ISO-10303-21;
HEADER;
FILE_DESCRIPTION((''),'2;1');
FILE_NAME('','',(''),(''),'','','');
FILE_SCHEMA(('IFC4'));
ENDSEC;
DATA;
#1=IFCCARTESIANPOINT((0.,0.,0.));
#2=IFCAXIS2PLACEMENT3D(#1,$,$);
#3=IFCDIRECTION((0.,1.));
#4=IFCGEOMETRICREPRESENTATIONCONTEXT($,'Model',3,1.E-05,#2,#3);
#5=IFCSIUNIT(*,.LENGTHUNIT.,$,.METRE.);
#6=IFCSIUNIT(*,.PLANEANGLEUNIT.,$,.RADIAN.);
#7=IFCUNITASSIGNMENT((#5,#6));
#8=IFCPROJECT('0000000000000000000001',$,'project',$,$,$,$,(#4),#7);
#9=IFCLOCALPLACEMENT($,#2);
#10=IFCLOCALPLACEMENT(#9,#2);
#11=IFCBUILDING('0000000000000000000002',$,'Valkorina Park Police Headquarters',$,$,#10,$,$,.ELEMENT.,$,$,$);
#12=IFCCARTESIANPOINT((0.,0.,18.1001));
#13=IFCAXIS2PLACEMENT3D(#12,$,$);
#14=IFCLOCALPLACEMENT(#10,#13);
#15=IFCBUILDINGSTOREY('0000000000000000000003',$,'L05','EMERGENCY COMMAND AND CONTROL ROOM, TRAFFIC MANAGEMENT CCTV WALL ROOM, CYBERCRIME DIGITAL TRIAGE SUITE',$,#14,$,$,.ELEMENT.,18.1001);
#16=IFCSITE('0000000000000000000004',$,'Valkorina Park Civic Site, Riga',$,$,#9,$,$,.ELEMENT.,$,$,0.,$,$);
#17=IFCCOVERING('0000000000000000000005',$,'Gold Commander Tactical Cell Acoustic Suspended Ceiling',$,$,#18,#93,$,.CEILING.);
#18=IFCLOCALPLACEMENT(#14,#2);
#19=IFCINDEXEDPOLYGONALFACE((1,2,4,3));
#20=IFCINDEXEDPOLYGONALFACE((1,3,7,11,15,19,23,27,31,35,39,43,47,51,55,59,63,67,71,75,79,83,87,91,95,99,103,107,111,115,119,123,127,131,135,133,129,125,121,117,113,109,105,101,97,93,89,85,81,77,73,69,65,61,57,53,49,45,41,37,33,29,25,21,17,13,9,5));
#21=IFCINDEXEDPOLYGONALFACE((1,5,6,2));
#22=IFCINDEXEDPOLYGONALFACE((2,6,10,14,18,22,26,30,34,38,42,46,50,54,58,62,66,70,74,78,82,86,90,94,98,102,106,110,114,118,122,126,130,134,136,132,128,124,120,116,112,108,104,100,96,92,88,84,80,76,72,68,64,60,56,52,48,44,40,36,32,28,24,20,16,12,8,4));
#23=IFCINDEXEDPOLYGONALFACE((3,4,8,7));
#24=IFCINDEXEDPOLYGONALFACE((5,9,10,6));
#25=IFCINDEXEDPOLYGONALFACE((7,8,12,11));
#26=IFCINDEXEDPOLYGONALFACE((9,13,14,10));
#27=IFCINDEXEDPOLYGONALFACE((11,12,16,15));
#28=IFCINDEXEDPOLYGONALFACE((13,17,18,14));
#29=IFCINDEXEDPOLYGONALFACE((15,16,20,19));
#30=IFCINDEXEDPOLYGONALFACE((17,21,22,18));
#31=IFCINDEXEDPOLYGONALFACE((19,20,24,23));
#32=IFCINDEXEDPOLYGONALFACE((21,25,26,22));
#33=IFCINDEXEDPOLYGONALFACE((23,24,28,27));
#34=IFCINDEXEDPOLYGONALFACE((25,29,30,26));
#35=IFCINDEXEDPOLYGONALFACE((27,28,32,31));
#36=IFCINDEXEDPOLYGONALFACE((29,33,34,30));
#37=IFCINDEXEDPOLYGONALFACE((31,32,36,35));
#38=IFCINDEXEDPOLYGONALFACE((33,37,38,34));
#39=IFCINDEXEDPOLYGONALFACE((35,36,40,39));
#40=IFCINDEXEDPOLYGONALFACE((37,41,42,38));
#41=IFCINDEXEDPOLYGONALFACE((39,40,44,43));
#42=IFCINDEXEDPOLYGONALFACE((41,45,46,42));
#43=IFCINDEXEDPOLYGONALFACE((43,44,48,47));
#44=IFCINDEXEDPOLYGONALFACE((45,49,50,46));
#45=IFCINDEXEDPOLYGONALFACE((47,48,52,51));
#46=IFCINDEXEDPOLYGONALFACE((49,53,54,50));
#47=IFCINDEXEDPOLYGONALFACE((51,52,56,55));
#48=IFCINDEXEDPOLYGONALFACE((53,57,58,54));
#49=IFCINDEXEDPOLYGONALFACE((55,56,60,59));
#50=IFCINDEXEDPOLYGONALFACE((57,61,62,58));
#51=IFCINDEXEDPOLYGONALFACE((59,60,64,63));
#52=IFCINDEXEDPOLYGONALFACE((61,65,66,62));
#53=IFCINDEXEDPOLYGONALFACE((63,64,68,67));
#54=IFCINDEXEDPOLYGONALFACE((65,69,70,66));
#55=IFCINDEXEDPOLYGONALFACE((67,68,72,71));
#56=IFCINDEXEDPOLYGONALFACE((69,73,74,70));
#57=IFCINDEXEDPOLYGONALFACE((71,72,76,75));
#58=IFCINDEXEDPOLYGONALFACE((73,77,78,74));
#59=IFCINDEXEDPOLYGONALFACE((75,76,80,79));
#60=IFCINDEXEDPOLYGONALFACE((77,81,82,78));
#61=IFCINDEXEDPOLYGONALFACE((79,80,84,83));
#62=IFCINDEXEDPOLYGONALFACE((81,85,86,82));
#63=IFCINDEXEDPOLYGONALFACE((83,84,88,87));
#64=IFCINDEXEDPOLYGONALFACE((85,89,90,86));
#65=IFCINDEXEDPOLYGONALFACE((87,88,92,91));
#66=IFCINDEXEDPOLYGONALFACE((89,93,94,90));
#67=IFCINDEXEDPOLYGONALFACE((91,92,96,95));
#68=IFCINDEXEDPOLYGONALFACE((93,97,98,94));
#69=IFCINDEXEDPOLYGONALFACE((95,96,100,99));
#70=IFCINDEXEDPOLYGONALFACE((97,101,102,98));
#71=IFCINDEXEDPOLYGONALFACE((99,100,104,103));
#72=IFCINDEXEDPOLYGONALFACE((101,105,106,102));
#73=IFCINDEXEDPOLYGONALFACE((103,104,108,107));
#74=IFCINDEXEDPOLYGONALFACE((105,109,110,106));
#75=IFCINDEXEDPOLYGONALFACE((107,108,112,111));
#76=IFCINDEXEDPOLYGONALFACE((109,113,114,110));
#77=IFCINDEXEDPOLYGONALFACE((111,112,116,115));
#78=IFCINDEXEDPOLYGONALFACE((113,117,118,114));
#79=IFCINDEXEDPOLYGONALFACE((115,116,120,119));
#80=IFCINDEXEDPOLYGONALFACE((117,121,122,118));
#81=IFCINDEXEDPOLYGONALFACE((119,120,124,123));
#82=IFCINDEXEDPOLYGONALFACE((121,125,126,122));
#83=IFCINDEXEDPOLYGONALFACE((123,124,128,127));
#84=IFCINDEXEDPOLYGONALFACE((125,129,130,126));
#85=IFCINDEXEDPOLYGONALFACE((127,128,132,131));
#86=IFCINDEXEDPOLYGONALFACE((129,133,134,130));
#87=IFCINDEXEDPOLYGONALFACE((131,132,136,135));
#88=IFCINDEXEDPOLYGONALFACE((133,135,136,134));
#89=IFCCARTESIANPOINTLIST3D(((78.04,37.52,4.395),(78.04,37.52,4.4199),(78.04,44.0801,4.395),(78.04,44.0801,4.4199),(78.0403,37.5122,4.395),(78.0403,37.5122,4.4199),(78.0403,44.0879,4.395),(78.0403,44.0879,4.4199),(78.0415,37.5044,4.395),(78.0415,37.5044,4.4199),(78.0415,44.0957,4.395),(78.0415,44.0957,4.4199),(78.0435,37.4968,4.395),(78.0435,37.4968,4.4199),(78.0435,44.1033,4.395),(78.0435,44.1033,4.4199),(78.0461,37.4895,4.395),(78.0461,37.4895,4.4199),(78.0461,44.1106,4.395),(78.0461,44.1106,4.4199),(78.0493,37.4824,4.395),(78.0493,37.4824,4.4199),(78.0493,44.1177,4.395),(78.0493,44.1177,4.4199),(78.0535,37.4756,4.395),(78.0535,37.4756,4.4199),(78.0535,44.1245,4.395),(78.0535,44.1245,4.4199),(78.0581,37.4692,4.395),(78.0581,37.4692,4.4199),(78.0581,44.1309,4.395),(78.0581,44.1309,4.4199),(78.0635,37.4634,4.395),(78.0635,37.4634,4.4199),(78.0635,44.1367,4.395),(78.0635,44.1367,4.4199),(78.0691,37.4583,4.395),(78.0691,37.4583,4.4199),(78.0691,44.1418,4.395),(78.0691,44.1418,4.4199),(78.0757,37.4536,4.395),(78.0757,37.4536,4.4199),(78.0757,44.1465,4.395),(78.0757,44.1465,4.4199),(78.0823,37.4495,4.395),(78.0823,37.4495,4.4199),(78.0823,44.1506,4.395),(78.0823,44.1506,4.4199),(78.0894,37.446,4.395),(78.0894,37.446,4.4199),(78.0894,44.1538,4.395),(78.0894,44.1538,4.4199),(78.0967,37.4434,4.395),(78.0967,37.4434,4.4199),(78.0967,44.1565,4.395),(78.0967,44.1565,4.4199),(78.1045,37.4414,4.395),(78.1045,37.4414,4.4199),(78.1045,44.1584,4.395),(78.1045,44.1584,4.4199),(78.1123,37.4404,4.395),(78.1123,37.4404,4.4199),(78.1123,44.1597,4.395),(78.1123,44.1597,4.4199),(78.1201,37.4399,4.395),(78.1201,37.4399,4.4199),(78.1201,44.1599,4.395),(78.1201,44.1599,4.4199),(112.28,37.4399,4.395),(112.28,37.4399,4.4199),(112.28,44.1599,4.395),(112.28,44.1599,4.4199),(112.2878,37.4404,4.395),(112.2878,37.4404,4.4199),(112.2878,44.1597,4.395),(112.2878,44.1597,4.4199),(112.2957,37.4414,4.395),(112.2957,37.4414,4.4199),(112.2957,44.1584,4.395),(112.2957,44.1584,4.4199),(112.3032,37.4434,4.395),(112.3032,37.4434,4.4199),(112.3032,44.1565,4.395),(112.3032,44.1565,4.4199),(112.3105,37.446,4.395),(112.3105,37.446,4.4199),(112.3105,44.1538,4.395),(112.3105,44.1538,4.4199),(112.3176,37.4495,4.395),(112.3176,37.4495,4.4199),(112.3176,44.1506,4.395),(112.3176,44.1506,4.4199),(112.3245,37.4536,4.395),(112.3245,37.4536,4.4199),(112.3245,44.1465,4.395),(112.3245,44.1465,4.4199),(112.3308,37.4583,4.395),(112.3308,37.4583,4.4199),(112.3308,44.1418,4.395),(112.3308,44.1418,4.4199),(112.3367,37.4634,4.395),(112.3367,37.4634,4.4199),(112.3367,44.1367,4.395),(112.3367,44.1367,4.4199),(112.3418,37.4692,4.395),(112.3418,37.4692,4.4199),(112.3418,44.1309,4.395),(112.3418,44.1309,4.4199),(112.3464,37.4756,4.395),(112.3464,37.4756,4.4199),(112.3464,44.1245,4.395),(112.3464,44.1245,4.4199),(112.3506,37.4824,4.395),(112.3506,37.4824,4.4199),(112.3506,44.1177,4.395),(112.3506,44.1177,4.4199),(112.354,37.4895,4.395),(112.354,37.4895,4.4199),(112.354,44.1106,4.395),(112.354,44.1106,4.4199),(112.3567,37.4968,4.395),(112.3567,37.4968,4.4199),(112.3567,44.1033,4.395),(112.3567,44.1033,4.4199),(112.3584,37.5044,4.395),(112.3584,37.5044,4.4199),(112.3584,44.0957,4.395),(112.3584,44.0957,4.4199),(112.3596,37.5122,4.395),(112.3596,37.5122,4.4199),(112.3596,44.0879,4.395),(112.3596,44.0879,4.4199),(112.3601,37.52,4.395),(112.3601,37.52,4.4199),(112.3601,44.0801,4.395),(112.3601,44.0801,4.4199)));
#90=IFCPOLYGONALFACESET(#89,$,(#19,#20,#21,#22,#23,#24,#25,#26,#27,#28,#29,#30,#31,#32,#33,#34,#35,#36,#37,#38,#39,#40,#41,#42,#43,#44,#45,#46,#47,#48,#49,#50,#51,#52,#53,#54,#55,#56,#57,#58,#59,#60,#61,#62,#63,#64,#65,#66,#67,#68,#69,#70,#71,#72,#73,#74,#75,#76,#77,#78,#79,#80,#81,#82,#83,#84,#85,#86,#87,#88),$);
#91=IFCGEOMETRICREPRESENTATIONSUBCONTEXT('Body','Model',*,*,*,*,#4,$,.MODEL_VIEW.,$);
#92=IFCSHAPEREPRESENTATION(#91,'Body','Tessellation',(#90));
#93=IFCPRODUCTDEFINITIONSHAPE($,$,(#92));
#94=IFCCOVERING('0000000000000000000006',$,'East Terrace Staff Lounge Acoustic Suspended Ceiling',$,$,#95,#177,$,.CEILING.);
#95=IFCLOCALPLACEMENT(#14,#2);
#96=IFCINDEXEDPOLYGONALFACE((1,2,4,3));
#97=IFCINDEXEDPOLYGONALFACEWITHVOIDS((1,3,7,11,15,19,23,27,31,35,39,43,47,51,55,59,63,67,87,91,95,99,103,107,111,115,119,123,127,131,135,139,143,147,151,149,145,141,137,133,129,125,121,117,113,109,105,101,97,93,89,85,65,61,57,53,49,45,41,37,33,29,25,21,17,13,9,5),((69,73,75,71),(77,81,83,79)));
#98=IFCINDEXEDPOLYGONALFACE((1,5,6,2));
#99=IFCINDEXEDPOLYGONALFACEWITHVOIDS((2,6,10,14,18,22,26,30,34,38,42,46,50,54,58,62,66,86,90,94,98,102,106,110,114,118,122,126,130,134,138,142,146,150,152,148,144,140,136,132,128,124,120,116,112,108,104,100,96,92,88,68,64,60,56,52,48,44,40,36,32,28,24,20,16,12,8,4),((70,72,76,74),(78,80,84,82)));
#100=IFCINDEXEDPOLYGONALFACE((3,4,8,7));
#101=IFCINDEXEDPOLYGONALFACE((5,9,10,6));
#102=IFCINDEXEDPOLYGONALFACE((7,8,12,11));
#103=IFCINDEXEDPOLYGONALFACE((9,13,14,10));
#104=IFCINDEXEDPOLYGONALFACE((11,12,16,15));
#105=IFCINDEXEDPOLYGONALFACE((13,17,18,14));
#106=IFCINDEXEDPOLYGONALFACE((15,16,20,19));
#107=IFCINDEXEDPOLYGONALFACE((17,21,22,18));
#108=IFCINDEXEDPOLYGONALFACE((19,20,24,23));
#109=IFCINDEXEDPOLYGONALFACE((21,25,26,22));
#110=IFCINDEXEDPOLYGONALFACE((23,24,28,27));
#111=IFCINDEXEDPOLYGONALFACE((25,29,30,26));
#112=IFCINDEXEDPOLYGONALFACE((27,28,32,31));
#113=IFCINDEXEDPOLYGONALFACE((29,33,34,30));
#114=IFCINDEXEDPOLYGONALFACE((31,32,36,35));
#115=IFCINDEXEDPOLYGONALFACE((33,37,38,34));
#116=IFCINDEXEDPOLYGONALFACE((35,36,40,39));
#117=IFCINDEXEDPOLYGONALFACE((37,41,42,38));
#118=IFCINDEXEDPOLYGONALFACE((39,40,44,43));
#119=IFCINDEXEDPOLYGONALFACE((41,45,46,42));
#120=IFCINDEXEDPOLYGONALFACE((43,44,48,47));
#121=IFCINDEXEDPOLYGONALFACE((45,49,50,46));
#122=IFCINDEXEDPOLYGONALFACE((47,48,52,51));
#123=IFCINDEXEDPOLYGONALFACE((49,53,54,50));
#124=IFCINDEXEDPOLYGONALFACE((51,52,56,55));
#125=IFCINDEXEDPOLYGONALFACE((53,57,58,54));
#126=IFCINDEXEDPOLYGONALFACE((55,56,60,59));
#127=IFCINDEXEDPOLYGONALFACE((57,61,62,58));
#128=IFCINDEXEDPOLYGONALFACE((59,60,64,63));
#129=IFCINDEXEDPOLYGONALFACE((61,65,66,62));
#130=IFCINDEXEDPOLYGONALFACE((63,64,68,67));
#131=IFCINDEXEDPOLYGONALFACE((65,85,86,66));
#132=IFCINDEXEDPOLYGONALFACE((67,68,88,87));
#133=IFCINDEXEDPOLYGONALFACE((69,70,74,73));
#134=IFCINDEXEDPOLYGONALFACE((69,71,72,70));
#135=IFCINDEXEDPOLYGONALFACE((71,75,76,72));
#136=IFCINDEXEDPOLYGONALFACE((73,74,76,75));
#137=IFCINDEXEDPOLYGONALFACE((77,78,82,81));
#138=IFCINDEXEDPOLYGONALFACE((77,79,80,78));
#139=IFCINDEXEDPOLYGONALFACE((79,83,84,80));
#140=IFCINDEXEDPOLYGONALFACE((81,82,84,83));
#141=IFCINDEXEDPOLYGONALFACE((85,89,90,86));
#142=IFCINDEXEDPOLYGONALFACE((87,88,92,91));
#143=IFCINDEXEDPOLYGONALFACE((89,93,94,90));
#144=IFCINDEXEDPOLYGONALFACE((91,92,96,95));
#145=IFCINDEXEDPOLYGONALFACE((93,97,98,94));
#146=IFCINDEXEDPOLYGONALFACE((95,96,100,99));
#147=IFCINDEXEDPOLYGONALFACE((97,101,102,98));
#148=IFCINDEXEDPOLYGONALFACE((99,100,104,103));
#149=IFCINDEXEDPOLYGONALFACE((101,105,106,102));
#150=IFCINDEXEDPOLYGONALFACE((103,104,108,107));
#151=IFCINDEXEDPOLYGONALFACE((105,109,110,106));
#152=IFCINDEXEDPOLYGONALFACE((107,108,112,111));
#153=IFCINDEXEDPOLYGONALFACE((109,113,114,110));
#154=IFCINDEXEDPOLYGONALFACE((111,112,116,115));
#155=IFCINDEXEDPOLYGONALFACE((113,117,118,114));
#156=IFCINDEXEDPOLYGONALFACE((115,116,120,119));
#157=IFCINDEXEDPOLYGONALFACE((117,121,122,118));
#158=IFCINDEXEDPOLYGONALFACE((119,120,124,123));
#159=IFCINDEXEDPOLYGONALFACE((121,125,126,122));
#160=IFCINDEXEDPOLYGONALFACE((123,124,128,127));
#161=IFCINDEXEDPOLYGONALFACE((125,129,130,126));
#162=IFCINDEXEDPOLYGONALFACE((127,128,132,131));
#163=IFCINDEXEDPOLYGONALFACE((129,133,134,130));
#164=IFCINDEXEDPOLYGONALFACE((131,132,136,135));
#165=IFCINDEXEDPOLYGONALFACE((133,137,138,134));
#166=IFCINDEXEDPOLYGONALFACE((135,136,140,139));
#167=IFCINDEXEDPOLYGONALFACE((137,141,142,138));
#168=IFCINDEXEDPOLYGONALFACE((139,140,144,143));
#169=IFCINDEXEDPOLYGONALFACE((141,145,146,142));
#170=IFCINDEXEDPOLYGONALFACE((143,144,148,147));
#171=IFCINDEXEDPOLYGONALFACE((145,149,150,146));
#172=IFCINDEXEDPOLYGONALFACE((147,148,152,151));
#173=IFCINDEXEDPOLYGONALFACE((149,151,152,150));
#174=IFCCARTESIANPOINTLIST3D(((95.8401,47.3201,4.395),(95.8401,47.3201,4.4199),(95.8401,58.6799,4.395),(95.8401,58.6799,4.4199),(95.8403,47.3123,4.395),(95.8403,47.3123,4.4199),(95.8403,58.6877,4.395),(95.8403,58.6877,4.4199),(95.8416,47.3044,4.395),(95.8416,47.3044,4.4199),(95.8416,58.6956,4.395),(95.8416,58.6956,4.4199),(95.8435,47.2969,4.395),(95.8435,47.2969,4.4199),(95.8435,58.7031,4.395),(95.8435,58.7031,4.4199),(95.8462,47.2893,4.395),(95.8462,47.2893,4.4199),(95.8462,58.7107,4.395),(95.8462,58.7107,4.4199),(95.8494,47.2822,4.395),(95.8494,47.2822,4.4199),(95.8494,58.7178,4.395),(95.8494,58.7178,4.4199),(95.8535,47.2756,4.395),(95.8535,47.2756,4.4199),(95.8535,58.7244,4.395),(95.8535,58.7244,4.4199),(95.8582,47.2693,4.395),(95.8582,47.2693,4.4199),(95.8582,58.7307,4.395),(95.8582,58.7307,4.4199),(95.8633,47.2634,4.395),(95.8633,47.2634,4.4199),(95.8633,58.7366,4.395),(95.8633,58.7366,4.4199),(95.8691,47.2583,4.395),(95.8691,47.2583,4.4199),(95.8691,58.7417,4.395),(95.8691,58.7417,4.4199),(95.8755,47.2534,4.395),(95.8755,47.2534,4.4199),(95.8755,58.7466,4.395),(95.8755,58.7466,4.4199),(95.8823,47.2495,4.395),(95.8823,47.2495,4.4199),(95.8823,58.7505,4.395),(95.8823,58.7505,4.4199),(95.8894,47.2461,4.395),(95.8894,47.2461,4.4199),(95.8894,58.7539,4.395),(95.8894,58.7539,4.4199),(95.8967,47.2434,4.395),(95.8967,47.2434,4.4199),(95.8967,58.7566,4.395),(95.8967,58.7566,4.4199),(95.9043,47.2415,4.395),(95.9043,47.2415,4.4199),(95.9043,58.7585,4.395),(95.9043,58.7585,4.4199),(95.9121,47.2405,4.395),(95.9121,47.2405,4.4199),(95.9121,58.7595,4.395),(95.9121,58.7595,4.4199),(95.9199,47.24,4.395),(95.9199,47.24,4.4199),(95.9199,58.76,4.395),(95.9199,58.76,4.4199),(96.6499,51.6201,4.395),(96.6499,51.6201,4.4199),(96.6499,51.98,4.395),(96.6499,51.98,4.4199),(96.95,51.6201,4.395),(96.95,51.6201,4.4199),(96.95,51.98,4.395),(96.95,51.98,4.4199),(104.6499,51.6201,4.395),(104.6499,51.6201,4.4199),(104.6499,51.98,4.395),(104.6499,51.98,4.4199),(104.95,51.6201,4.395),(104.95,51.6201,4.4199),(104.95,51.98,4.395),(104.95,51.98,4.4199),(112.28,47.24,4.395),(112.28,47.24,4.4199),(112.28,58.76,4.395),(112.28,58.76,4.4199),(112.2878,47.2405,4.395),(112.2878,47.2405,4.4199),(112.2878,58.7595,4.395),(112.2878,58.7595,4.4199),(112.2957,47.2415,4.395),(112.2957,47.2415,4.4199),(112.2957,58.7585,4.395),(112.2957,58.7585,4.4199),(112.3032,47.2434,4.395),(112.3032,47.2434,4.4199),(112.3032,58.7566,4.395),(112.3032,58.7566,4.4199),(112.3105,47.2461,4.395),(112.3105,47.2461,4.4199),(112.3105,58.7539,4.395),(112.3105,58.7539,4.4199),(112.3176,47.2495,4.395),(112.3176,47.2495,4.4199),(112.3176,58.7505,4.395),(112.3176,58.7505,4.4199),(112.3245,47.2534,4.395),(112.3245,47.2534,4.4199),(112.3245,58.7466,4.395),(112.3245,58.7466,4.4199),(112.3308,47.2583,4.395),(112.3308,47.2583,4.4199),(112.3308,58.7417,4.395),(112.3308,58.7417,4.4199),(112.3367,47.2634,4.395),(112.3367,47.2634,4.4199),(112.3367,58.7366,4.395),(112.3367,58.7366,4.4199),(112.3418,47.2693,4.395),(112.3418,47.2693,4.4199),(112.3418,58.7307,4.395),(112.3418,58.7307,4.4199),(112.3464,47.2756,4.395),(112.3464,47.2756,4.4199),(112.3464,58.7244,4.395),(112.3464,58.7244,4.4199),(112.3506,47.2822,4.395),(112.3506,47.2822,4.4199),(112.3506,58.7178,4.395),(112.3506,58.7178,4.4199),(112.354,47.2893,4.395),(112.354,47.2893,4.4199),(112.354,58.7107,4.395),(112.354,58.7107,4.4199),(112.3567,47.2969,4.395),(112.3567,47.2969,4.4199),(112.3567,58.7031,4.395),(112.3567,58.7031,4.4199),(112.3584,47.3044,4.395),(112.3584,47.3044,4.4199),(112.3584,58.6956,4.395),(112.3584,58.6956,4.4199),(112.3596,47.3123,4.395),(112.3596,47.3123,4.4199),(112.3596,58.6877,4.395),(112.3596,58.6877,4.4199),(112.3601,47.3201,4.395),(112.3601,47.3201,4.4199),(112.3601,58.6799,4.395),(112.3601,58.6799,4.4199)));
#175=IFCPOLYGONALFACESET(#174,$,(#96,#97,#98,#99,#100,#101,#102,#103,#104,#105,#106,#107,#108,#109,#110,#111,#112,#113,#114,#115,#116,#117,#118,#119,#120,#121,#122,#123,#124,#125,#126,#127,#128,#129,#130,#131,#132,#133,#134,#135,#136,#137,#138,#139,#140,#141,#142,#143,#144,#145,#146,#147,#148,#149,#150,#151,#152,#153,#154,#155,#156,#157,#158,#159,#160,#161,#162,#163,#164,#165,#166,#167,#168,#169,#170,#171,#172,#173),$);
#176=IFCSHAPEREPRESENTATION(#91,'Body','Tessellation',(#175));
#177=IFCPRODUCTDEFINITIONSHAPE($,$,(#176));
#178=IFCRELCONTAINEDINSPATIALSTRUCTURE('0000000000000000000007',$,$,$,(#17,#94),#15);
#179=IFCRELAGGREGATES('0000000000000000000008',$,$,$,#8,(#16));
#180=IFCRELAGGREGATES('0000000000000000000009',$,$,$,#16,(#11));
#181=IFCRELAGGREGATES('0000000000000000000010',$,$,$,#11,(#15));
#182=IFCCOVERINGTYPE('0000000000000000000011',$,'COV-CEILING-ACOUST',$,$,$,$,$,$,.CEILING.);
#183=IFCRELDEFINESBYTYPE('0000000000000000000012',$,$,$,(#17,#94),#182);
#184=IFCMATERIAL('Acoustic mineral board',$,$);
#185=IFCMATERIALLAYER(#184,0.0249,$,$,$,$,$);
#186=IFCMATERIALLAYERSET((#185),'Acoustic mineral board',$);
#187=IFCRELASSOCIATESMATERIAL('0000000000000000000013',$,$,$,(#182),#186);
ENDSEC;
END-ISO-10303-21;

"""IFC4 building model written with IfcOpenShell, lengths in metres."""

from ifc_helpers import new_model, si_unit, direction, frame, origin, place, context, subcontext, project, spatial, polyline, outline, extrude, material, layer, layer_set, type_object, element, save


model = new_model("IFC4")

# Units and contexts
model_context = context("Model", 3, precision=1e-05, world=origin(), true_north=direction((0.0, 1.0)))
body_context = subcontext(model_context, "Body", "Model", "MODEL_VIEW")
ifc_project = project(units=[si_unit("LENGTHUNIT", "METRE"), si_unit("PLANEANGLEUNIT", "RADIAN")], contexts=[model_context])

# Site, building, storey
site_placement = place(None, origin())
site = spatial("IfcSite", under=ifc_project, at=site_placement, Name="Valkorina Park Civic Site, Riga", CompositionType="ELEMENT", RefElevation=0.0)
building_placement = place(site_placement, origin())
building = spatial("IfcBuilding", under=site, at=building_placement, Name="Valkorina Park Police Headquarters", CompositionType="ELEMENT")
storey_placement = place(building_placement, frame((0.0, 0.0, 18.1001)))
storey = spatial("IfcBuildingStorey", under=building, at=storey_placement, Name="L05", Description="EMERGENCY COMMAND AND CONTROL ROOM, TRAFFIC MANAGEMENT CCTV WALL ROOM, CYBERCRIME DIGITAL TRIAGE SUITE", CompositionType="ELEMENT", Elevation=18.1001)

# Coverings
ifc_material_1 = material(Name="Acoustic mineral board")
ifc_layer_1 = layer(ifc_material_1, 0.0249)
ifc_layer_set_1 = layer_set([ifc_layer_1], Name="Acoustic mineral board")
covering_type_1 = type_object("IfcCoveringType", Name="COV-CEILING-ACOUST", PredefinedType="CEILING", material=ifc_layer_set_1)
covering_1_placement = place(storey_placement, frame((0.0, 0.0, 4.395)))
element("IfcCovering", 1, at=covering_1_placement, inside=storey, type_object=covering_type_1, Name="Gold Commander Tactical Cell Acoustic Suspended Ceiling", PredefinedType="CEILING", context=body_context, shape_type="SweptSolid", body=[
    extrude(outline(polyline([(112.2957, 44.1584), (112.2878, 44.1597), (112.28, 44.1599), (78.1201, 44.1599), (78.1123, 44.1597), (78.1045, 44.1584), (78.0967, 44.1565), (78.0894, 44.1538), (78.0823, 44.1506), (78.0757, 44.1465), (78.0691, 44.1418), (78.0635, 44.1367), (78.0581, 44.1309), (78.0535, 44.1245), (78.0493, 44.1177), (78.0461, 44.1106), (78.0435, 44.1033), (78.0415, 44.0957), (78.0403, 44.0879), (78.04, 44.0801), (78.04, 37.52), (78.0403, 37.5122), (78.0415, 37.5044), (78.0435, 37.4968), (78.0461, 37.4895), (78.0493, 37.4824), (78.0535, 37.4756), (78.0581, 37.4692), (78.0635, 37.4634), (78.0691, 37.4583), (78.0757, 37.4536), (78.0823, 37.4495), (78.0894, 37.446), (78.0967, 37.4434), (78.1045, 37.4414), (78.1123, 37.4404), (78.1201, 37.4399), (112.28, 37.4399), (112.2878, 37.4404), (112.2957, 37.4414), (112.3032, 37.4434), (112.3105, 37.446), (112.3176, 37.4495), (112.3245, 37.4536), (112.3308, 37.4583), (112.3367, 37.4634), (112.3418, 37.4692), (112.3464, 37.4756), (112.3506, 37.4824), (112.354, 37.4895), (112.3567, 37.4968), (112.3584, 37.5044), (112.3596, 37.5122), (112.3601, 37.52), (112.3601, 44.0801), (112.3596, 44.0879), (112.3584, 44.0957), (112.3567, 44.1033), (112.354, 44.1106), (112.3506, 44.1177), (112.3464, 44.1245), (112.3418, 44.1309), (112.3367, 44.1367), (112.3308, 44.1418), (112.3245, 44.1465), (112.3176, 44.1506), (112.3105, 44.1538), (112.3032, 44.1565), (112.2957, 44.1584)])), origin(), (0.0, 0.0, 1.0), 0.0249),
])
covering_2_placement = place(storey_placement, frame((0.0, 0.0, 4.395)))
element("IfcCovering", 2, at=covering_2_placement, inside=storey, type_object=covering_type_1, Name="East Terrace Staff Lounge Acoustic Suspended Ceiling", PredefinedType="CEILING", context=body_context, shape_type="SweptSolid", body=[
    extrude(outline(polyline([(112.2957, 58.7585), (112.2878, 58.7595), (112.28, 58.76), (95.9199, 58.76), (95.9121, 58.7595), (95.9043, 58.7585), (95.8967, 58.7566), (95.8894, 58.7539), (95.8823, 58.7505), (95.8755, 58.7466), (95.8691, 58.7417), (95.8633, 58.7366), (95.8582, 58.7307), (95.8535, 58.7244), (95.8494, 58.7178), (95.8462, 58.7107), (95.8435, 58.7031), (95.8416, 58.6956), (95.8403, 58.6877), (95.8401, 58.6799), (95.8401, 47.3201), (95.8403, 47.3123), (95.8416, 47.3044), (95.8435, 47.2969), (95.8462, 47.2893), (95.8494, 47.2822), (95.8535, 47.2756), (95.8582, 47.2693), (95.8633, 47.2634), (95.8691, 47.2583), (95.8755, 47.2534), (95.8823, 47.2495), (95.8894, 47.2461), (95.8967, 47.2434), (95.9043, 47.2415), (95.9121, 47.2405), (95.9199, 47.24), (112.28, 47.24), (112.2878, 47.2405), (112.2957, 47.2415), (112.3032, 47.2434), (112.3105, 47.2461), (112.3176, 47.2495), (112.3245, 47.2534), (112.3308, 47.2583), (112.3367, 47.2634), (112.3418, 47.2693), (112.3464, 47.2756), (112.3506, 47.2822), (112.354, 47.2893), (112.3567, 47.2969), (112.3584, 47.3044), (112.3596, 47.3123), (112.3601, 47.3201), (112.3601, 58.6799), (112.3596, 58.6877), (112.3584, 58.6956), (112.3567, 58.7031), (112.354, 58.7107), (112.3506, 58.7178), (112.3464, 58.7244), (112.3418, 58.7307), (112.3367, 58.7366), (112.3308, 58.7417), (112.3245, 58.7466), (112.3176, 58.7505), (112.3105, 58.7539), (112.3032, 58.7566), (112.2957, 58.7585)]), holes=[polyline([(104.6499, 51.98), (104.95, 51.98), (104.95, 51.6201), (104.6499, 51.6201), (104.6499, 51.98)]), polyline([(96.6499, 51.98), (96.95, 51.98), (96.95, 51.6201), (96.6499, 51.6201), (96.6499, 51.98)])]), origin(), (0.0, 0.0, 1.0), 0.0249),
])

save(model, "model.ifc")
